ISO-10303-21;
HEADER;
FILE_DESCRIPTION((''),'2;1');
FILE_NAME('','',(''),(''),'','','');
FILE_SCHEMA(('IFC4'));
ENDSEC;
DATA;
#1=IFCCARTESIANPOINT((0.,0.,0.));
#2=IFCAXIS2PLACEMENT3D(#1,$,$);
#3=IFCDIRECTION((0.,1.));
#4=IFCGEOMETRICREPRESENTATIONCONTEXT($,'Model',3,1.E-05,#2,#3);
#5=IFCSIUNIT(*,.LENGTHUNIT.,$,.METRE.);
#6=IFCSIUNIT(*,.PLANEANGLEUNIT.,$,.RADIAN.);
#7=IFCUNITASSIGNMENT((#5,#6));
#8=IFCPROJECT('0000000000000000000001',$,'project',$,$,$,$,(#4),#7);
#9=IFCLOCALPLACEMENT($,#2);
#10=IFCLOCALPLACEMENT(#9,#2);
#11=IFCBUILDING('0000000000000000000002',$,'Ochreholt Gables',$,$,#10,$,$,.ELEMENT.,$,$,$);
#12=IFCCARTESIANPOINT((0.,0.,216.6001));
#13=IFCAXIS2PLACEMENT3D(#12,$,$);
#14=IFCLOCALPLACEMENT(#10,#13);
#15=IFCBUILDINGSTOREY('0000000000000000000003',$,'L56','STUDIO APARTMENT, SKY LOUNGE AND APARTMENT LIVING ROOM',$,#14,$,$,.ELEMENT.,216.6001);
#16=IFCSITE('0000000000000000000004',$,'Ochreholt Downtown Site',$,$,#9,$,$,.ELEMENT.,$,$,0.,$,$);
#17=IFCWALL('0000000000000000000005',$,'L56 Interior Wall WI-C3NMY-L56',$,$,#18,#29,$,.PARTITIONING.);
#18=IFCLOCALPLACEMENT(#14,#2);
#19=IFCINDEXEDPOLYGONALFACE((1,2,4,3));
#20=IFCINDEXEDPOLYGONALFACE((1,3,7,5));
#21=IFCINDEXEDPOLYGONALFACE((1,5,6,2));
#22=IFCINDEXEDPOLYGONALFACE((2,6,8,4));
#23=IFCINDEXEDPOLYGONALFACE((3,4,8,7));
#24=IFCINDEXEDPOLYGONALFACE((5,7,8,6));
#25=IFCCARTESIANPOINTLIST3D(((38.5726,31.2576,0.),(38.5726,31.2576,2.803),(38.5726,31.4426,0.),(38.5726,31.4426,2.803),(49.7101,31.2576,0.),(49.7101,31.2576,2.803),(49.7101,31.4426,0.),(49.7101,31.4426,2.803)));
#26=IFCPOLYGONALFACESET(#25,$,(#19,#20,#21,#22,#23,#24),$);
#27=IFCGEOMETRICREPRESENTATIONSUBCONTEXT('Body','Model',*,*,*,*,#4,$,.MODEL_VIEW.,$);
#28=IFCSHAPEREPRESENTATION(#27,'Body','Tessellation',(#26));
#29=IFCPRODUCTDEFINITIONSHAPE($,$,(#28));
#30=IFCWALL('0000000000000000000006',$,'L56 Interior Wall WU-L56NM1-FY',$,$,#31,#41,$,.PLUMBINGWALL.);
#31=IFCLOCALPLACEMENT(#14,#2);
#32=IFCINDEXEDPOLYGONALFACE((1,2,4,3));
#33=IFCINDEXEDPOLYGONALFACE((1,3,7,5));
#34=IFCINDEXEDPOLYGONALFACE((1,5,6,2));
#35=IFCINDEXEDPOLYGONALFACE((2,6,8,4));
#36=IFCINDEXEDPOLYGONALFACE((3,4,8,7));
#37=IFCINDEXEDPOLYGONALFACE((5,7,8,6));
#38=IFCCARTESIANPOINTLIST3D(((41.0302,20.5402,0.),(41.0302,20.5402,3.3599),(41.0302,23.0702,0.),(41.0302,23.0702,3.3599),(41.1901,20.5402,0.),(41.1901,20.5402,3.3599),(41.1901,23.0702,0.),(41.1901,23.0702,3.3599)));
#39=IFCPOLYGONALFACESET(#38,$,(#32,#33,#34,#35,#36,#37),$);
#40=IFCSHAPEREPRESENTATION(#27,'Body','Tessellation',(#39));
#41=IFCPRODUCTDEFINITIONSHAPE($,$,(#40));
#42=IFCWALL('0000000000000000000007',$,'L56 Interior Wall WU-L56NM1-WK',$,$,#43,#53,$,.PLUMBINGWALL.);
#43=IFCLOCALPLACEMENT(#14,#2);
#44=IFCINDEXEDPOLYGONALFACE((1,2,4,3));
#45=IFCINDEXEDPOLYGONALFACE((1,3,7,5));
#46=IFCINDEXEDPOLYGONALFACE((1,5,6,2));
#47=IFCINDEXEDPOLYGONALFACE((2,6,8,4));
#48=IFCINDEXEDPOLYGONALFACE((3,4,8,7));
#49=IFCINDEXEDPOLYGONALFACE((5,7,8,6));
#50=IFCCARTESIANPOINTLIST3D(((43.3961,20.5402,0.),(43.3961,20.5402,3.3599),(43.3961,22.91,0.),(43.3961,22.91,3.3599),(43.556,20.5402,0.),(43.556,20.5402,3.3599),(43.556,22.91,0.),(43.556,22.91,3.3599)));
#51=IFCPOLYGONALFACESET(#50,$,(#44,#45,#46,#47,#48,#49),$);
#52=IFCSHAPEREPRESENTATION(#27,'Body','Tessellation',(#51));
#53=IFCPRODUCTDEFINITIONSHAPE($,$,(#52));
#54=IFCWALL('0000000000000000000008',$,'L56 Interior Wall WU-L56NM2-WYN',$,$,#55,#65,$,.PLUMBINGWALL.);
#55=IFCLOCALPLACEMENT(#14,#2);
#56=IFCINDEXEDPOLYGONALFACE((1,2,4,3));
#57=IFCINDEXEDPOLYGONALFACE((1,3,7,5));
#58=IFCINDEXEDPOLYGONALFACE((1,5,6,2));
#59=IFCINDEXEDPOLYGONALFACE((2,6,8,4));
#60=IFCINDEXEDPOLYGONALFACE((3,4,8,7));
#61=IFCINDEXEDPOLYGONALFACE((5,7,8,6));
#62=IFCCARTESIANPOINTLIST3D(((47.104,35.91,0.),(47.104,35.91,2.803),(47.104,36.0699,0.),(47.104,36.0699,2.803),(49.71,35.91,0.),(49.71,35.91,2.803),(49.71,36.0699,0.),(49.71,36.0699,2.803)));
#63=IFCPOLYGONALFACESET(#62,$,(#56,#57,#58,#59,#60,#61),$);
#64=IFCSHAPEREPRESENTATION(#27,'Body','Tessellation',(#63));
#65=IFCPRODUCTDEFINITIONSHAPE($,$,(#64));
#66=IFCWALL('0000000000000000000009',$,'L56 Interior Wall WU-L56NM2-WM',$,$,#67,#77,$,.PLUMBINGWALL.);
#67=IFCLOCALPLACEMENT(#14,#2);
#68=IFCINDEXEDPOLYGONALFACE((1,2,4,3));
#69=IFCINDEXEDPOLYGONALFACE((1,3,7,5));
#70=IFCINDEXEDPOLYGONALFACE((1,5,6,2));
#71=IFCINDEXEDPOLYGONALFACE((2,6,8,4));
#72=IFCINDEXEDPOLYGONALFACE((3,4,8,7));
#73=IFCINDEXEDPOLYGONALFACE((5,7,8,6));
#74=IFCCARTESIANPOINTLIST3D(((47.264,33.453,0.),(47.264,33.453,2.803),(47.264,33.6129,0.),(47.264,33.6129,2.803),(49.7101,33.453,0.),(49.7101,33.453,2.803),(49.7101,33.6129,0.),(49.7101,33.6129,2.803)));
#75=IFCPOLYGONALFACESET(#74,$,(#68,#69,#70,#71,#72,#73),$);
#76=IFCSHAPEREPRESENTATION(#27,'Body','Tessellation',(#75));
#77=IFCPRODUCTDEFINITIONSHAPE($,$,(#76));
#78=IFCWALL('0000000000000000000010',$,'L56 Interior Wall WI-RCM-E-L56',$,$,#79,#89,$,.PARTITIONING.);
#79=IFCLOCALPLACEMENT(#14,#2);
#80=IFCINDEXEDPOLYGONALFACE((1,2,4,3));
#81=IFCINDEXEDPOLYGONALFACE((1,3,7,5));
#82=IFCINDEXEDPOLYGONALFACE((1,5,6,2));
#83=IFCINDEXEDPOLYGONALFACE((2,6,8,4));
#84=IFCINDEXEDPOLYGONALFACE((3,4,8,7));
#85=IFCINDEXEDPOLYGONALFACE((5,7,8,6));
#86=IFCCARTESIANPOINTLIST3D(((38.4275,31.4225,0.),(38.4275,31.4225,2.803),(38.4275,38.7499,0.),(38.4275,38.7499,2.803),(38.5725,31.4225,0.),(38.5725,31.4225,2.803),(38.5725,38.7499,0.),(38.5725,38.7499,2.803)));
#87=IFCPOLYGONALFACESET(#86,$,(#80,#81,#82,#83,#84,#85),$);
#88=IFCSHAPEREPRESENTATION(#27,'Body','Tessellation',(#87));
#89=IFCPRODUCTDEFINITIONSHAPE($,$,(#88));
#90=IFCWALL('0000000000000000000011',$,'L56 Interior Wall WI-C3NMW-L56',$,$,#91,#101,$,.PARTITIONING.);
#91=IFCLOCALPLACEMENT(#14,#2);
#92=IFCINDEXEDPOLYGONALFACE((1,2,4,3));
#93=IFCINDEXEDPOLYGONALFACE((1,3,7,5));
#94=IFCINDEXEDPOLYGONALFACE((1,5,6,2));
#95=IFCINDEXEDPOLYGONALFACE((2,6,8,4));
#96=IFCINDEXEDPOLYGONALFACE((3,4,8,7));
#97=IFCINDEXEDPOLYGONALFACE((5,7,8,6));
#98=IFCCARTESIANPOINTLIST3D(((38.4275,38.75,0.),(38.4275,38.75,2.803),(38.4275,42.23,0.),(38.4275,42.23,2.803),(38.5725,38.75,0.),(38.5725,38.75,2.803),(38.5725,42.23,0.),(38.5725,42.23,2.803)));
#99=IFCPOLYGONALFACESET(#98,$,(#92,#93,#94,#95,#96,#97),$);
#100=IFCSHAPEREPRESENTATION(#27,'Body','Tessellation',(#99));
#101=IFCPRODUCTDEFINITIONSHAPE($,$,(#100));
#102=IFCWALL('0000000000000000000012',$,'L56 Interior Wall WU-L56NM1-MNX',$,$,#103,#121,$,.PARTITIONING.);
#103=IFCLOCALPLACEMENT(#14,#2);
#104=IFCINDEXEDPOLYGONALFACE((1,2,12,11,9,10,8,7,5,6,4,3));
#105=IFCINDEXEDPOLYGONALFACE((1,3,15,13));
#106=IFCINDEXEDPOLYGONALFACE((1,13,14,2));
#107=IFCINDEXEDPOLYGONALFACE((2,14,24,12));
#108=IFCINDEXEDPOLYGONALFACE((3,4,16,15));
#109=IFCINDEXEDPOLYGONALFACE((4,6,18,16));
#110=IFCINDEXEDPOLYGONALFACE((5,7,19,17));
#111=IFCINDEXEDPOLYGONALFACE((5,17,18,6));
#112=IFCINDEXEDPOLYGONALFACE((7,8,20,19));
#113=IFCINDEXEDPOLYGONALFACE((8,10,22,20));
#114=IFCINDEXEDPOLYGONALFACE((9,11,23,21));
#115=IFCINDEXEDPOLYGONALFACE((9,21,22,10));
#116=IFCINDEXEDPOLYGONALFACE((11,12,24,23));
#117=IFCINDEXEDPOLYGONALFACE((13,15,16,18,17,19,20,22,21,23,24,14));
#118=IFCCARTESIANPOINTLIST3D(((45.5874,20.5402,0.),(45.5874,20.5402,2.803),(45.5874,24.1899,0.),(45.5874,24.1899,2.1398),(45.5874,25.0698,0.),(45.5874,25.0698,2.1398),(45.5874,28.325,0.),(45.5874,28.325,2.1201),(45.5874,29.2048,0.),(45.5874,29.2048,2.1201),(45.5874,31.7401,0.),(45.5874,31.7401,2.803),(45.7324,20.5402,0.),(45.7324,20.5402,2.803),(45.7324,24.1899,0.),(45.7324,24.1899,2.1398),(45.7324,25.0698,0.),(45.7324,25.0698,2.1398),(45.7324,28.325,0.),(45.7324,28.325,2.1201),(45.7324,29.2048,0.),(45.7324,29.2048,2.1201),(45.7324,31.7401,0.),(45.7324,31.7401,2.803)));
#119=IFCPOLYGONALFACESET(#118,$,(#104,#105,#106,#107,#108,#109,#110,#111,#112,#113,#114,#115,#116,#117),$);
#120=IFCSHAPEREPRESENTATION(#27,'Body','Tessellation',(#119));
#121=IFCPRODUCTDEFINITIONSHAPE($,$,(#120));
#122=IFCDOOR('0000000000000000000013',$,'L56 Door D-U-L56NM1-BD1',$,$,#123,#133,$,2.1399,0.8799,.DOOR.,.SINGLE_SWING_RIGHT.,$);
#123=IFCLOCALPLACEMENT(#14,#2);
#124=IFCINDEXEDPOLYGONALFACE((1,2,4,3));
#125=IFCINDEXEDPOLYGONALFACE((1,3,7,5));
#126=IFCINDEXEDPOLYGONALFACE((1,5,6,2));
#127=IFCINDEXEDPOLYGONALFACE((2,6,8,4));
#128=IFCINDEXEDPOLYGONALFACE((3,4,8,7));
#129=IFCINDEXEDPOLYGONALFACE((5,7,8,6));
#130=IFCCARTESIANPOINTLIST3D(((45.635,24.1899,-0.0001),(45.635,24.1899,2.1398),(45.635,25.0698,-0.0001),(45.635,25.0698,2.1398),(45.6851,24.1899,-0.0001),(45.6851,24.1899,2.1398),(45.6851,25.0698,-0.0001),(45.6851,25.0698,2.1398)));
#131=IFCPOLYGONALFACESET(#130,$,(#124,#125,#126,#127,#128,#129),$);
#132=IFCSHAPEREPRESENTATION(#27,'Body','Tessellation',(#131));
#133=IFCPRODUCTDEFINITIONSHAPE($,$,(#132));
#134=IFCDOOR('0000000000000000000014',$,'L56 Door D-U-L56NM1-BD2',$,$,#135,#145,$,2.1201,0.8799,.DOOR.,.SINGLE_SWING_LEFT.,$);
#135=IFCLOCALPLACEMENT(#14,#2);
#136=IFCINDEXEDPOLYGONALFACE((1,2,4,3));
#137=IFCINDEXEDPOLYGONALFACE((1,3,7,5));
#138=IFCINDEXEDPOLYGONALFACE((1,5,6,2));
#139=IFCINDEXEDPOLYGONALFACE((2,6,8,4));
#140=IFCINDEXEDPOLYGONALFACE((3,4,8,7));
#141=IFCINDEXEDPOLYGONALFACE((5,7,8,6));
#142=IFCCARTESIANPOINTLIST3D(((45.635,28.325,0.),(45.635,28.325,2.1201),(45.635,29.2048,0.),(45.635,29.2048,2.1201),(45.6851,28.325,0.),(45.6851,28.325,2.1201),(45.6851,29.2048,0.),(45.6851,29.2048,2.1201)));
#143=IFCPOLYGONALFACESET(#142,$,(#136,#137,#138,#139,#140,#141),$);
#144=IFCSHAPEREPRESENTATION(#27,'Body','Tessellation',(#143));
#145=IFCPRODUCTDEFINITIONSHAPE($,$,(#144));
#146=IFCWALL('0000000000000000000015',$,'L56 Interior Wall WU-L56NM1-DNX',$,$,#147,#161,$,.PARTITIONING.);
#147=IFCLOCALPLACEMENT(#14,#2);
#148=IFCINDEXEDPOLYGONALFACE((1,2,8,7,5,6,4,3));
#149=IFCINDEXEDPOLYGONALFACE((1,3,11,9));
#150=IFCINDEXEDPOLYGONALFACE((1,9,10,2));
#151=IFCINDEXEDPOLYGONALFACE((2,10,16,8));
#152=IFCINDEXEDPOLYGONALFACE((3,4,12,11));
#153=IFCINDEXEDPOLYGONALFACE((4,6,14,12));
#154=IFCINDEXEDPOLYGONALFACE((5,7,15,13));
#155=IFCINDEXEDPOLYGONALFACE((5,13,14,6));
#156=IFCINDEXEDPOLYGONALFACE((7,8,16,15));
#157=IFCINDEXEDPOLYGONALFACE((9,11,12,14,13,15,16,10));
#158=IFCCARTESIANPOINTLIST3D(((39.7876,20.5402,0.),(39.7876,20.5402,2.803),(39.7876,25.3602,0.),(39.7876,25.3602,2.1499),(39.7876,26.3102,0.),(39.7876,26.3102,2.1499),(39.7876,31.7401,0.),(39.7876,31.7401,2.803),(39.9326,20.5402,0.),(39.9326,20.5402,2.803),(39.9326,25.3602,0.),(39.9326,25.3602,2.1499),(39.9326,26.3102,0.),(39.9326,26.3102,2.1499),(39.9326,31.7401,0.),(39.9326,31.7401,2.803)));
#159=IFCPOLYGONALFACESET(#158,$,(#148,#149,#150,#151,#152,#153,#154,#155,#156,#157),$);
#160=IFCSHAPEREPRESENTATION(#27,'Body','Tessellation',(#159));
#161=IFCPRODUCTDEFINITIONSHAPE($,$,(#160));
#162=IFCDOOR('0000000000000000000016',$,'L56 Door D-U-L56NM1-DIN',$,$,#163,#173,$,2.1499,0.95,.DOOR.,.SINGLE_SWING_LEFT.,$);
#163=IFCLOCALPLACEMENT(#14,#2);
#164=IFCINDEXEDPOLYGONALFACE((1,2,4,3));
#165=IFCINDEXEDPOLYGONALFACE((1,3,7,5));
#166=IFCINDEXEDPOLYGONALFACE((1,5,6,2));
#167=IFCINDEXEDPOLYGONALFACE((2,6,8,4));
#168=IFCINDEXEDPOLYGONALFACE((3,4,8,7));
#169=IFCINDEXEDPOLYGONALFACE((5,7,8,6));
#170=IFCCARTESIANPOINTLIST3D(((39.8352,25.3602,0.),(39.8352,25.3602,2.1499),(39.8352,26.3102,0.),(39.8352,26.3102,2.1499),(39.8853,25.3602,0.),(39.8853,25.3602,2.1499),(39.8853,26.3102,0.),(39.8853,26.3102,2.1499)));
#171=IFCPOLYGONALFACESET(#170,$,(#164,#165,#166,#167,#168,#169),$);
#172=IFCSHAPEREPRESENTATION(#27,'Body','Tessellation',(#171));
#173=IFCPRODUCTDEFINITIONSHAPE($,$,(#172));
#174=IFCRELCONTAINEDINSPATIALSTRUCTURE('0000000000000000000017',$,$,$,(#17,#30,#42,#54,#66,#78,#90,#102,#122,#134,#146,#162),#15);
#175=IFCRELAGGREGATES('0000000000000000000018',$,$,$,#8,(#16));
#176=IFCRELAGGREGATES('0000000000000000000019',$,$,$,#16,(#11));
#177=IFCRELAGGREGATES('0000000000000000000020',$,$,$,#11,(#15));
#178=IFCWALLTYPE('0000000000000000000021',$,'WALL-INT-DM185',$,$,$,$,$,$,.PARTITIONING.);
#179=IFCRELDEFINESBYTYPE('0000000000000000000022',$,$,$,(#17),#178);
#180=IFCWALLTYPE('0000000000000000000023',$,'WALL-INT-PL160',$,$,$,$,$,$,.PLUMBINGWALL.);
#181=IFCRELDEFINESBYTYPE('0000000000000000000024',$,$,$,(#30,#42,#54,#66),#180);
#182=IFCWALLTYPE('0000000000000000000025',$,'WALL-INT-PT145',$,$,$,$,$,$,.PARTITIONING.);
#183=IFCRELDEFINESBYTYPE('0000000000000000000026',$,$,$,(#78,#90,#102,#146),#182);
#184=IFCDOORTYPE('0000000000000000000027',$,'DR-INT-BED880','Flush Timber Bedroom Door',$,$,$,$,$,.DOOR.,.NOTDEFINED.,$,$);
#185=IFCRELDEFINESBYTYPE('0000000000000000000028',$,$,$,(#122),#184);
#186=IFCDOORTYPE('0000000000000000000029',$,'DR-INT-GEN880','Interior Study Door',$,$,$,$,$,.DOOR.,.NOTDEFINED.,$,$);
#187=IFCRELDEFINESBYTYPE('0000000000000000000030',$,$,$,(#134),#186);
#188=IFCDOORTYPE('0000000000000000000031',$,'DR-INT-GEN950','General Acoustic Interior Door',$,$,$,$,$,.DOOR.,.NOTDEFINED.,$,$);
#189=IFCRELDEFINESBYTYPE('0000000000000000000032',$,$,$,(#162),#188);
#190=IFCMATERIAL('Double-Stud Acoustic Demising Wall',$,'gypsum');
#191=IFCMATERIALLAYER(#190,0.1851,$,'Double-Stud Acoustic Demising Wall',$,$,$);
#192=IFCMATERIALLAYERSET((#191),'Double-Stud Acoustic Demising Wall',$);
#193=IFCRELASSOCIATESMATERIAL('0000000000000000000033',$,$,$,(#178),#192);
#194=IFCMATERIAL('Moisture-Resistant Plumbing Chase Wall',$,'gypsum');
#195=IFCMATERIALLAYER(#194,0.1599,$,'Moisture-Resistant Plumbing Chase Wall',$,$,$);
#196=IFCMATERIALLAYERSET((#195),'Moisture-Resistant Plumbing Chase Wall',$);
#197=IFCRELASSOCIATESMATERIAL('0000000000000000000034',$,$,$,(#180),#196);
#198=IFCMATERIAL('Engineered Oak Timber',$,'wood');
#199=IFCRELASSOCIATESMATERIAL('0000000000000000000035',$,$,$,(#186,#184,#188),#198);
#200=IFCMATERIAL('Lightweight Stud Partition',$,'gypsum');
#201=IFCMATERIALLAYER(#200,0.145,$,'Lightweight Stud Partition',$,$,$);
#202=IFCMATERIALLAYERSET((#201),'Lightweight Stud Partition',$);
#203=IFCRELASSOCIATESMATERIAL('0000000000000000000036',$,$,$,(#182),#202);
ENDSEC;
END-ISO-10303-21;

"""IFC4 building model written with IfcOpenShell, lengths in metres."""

from ifc_helpers import new_model, si_unit, direction, frame, frame_2d, origin, place, context, subcontext, project, spatial, rectangle, extrude, material, layer, layer_set, type_object, element, fill, save


model = new_model("IFC4")

# Units and contexts
model_context = context("Model", 3, precision=1e-05, world=origin(), true_north=direction((0.0, 1.0)))
body_context = subcontext(model_context, "Body", "Model", "MODEL_VIEW")
ifc_project = project(units=[si_unit("LENGTHUNIT", "METRE"), si_unit("PLANEANGLEUNIT", "RADIAN")], contexts=[model_context])

# Site, building, storey
site_placement = place(None, origin())
site = spatial("IfcSite", under=ifc_project, at=site_placement, Name="Ochreholt Downtown Site", CompositionType="ELEMENT", RefElevation=0.0)
building_placement = place(site_placement, origin())
building = spatial("IfcBuilding", under=site, at=building_placement, Name="Ochreholt Gables", CompositionType="ELEMENT")
storey_placement = place(building_placement, frame((0.0, 0.0, 216.6001)))
storey = spatial("IfcBuildingStorey", under=building, at=storey_placement, Name="L56", Description="STUDIO APARTMENT, SKY LOUNGE AND APARTMENT LIVING ROOM", CompositionType="ELEMENT", Elevation=216.6001)

# Wall
ifc_material_1 = material(Name="Double-Stud Acoustic Demising Wall", Category="gypsum")
ifc_layer_1 = layer(ifc_material_1, 0.1851, Name="Double-Stud Acoustic Demising Wall")
ifc_layer_set_1 = layer_set([ifc_layer_1], Name="Double-Stud Acoustic Demising Wall")
wall_type_1 = type_object("IfcWallType", Name="WALL-INT-DM185", PredefinedType="PARTITIONING", material=ifc_layer_set_1)
wall_1_placement = place(storey_placement, frame((38.5725, 31.3501, 0.0), z_axis=(0.0, 0.0, 1.0), x_axis=(1.0, 0.0, 0.0)))
element("IfcWall", 1, at=wall_1_placement, inside=storey, type_object=wall_type_1, Name="L56 Interior Wall WI-C3NMY-L56", PredefinedType="PARTITIONING", context=body_context, shape_type="SweptSolid", body=[
    extrude(rectangle(XDim=11.1375, YDim=0.1851, at=frame_2d((5.5688, 0.0))), origin(), (0.0, 0.0, 1.0), 2.803),
])

# Shared definitions
ifc_material_2 = material(Name="Moisture-Resistant Plumbing Chase Wall", Category="gypsum")
ifc_layer_2 = layer(ifc_material_2, 0.1599, Name="Moisture-Resistant Plumbing Chase Wall")
ifc_layer_set_2 = layer_set([ifc_layer_2], Name="Moisture-Resistant Plumbing Chase Wall")
wall_type_2 = type_object("IfcWallType", Name="WALL-INT-PL160", PredefinedType="PLUMBINGWALL", material=ifc_layer_set_2)
ifc_material_3 = material(Name="Engineered Oak Timber", Category="wood")
door_type_1 = type_object("IfcDoorType", Name="DR-INT-GEN880", Description="Interior Study Door", OperationType="NOTDEFINED", PredefinedType="DOOR", material=ifc_material_3)

# Walls
wall_2_placement = place(storey_placement, frame((41.1101, 20.54, 0.0), z_axis=(0.0, 0.0, 1.0), x_axis=(0.0, 1.0, 0.0)))
element("IfcWall", 2, at=wall_2_placement, inside=storey, type_object=wall_type_2, Name="L56 Interior Wall WU-L56NM1-FY", PredefinedType="PLUMBINGWALL", context=body_context, shape_type="SweptSolid", body=[
    extrude(rectangle(XDim=2.53, YDim=0.1599, at=frame_2d((1.2651, 0.0))), origin(), (0.0, 0.0, 1.0), 3.3599),
])
wall_3_placement = place(storey_placement, frame((43.4761, 20.54, 0.0), z_axis=(0.0, 0.0, 1.0), x_axis=(0.0, 1.0, 0.0)))
element("IfcWall", 3, at=wall_3_placement, inside=storey, type_object=wall_type_2, Name="L56 Interior Wall WU-L56NM1-WK", PredefinedType="PLUMBINGWALL", context=body_context, shape_type="SweptSolid", body=[
    extrude(rectangle(XDim=2.3699, YDim=0.1599, at=frame_2d((1.1851, 0.0))), origin(), (0.0, 0.0, 1.0), 3.3599),
])
wall_4_placement = place(storey_placement, frame((47.104, 35.99, 0.0), z_axis=(0.0, 0.0, 1.0), x_axis=(1.0, 0.0, 0.0)))
element("IfcWall", 4, at=wall_4_placement, inside=storey, type_object=wall_type_2, Name="L56 Interior Wall WU-L56NM2-WYN", PredefinedType="PLUMBINGWALL", context=body_context, shape_type="SweptSolid", body=[
    extrude(rectangle(XDim=2.606, YDim=0.1599, at=frame_2d((1.303, 0.0))), origin(), (0.0, 0.0, 1.0), 2.803),
])

# Walls
wall_5_placement = place(storey_placement, frame((47.2639, 33.533, 0.0), z_axis=(0.0, 0.0, 1.0), x_axis=(1.0, 0.0, 0.0)))
element("IfcWall", 5, at=wall_5_placement, inside=storey, type_object=wall_type_2, Name="L56 Interior Wall WU-L56NM2-WM", PredefinedType="PLUMBINGWALL", context=body_context, shape_type="SweptSolid", body=[
    extrude(rectangle(XDim=2.446, YDim=0.1599, at=frame_2d((1.2231, 0.0))), origin(), (0.0, 0.0, 1.0), 2.803),
])
ifc_material_4 = material(Name="Lightweight Stud Partition", Category="gypsum")
ifc_layer_3 = layer(ifc_material_4, 0.145, Name="Lightweight Stud Partition")
ifc_layer_set_3 = layer_set([ifc_layer_3], Name="Lightweight Stud Partition")
wall_type_3 = type_object("IfcWallType", Name="WALL-INT-PT145", PredefinedType="PARTITIONING", material=ifc_layer_set_3)
wall_6_placement = place(storey_placement, frame((38.5, 31.4226, 0.0), z_axis=(0.0, 0.0, 1.0), x_axis=(0.0, 1.0, 0.0)))
element("IfcWall", 6, at=wall_6_placement, inside=storey, type_object=wall_type_3, Name="L56 Interior Wall WI-RCM-E-L56", PredefinedType="PARTITIONING", context=body_context, shape_type="SweptSolid", body=[
    extrude(rectangle(XDim=7.3274, YDim=0.145, at=frame_2d((3.6636, 0.0))), origin(), (0.0, 0.0, 1.0), 2.803),
])
wall_7_placement = place(storey_placement, frame((38.5, 38.75, 0.0), z_axis=(0.0, 0.0, 1.0), x_axis=(0.0, 1.0, 0.0)))
element("IfcWall", 7, at=wall_7_placement, inside=storey, type_object=wall_type_3, Name="L56 Interior Wall WI-C3NMW-L56", PredefinedType="PARTITIONING", context=body_context, shape_type="SweptSolid", body=[
    extrude(rectangle(XDim=3.48, YDim=0.145, at=frame_2d((1.74, 0.0))), origin(), (0.0, 0.0, 1.0), 2.803),
])

# Wall, openings, doors
wall_8_placement = place(storey_placement, frame((45.6599, 20.54, 0.0), z_axis=(0.0, 0.0, 1.0), x_axis=(0.0, 1.0, 0.0)))
wall_8 = element("IfcWall", 8, at=wall_8_placement, inside=storey, type_object=wall_type_3, Name="L56 Interior Wall WU-L56NM1-MNX", PredefinedType="PARTITIONING", context=body_context, shape_type="SweptSolid", body=[
    extrude(rectangle(XDim=11.2, YDim=0.145, at=frame_2d((5.6001, 0.0))), origin(), (0.0, 0.0, 1.0), 2.803),
])
opening_1_placement = place(wall_8_placement, frame((3.6499, 0.0, 0.0)))
opening_1 = element("IfcOpeningElement", 9, at=opening_1_placement, cuts=wall_8, PredefinedType="OPENING", context=body_context, shape_type="SweptSolid", body=[
    extrude(rectangle(XDim=0.8799, YDim=2.1399, at=frame_2d((0.4399, 1.0698))), frame((0.0, 0.0825, 0.0), z_axis=(0.0, -1.0, 0.0), x_axis=(1.0, 0.0, 0.0)), (0.0, 0.0, 1.0), 0.165),
])
opening_2_placement = place(wall_8_placement, frame((7.7849, 0.0, 0.0)))
opening_2 = element("IfcOpeningElement", 10, at=opening_2_placement, cuts=wall_8, PredefinedType="OPENING", context=body_context, shape_type="SweptSolid", body=[
    extrude(rectangle(XDim=0.8799, YDim=2.1201, at=frame_2d((0.4399, 1.0601))), frame((0.0, 0.0825, 0.0), z_axis=(0.0, -1.0, 0.0), x_axis=(1.0, 0.0, 0.0)), (0.0, 0.0, 1.0), 0.165),
])
door_type_2 = type_object("IfcDoorType", Name="DR-INT-BED880", Description="Flush Timber Bedroom Door", OperationType="NOTDEFINED", PredefinedType="DOOR", material=ifc_material_3)
door_1_placement = place(opening_1_placement, origin())
door_1 = element("IfcDoor", 11, at=door_1_placement, inside=storey, type_object=door_type_2, Name="L56 Door D-U-L56NM1-BD1", OperationType="SINGLE_SWING_RIGHT", OverallHeight=2.1399, OverallWidth=0.8799, PredefinedType="DOOR", context=body_context, shape_type="SweptSolid", body=[
    extrude(rectangle(XDim=0.8799, YDim=2.1399, at=frame_2d((0.4399, 1.0698))), frame((0.0, 0.0249, 0.0), z_axis=(0.0, -1.0, 0.0), x_axis=(1.0, 0.0, 0.0)), (0.0, 0.0, 1.0), 0.05),
])
fill(opening_1, door_1)
door_2_placement = place(opening_2_placement, origin())
door_2 = element("IfcDoor", 12, at=door_2_placement, inside=storey, type_object=door_type_1, Name="L56 Door D-U-L56NM1-BD2", OperationType="SINGLE_SWING_LEFT", OverallHeight=2.1201, OverallWidth=0.8799, PredefinedType="DOOR", context=body_context, shape_type="SweptSolid", body=[
    extrude(rectangle(XDim=0.8799, YDim=2.1201, at=frame_2d((0.4399, 1.0601))), frame((0.0, 0.0249, 0.0), z_axis=(0.0, -1.0, 0.0), x_axis=(1.0, 0.0, 0.0)), (0.0, 0.0, 1.0), 0.05),
])
fill(opening_2, door_2)

# Wall, opening, door
wall_9_placement = place(storey_placement, frame((39.8601, 20.54, 0.0), z_axis=(0.0, 0.0, 1.0), x_axis=(0.0, 1.0, 0.0)))
wall_9 = element("IfcWall", 13, at=wall_9_placement, inside=storey, type_object=wall_type_3, Name="L56 Interior Wall WU-L56NM1-DNX", PredefinedType="PARTITIONING", context=body_context, shape_type="SweptSolid", body=[
    extrude(rectangle(XDim=11.2, YDim=0.145, at=frame_2d((5.6001, 0.0))), origin(), (0.0, 0.0, 1.0), 2.803),
])
opening_3_placement = place(wall_9_placement, frame((4.8201, 0.0, 0.0)))
opening_3 = element("IfcOpeningElement", 14, at=opening_3_placement, cuts=wall_9, PredefinedType="OPENING", context=body_context, shape_type="SweptSolid", body=[
    extrude(rectangle(XDim=0.95, YDim=2.1499, at=frame_2d((0.4751, 1.075))), frame((0.0, 0.0825, 0.0), z_axis=(0.0, -1.0, 0.0), x_axis=(1.0, 0.0, 0.0)), (0.0, 0.0, 1.0), 0.165),
])
door_type_3 = type_object("IfcDoorType", Name="DR-INT-GEN950", Description="General Acoustic Interior Door", OperationType="NOTDEFINED", PredefinedType="DOOR", material=ifc_material_3)
door_3_placement = place(opening_3_placement, origin())
door_3 = element("IfcDoor", 15, at=door_3_placement, inside=storey, type_object=door_type_3, Name="L56 Door D-U-L56NM1-DIN", OperationType="SINGLE_SWING_LEFT", OverallHeight=2.1499, OverallWidth=0.95, PredefinedType="DOOR", context=body_context, shape_type="SweptSolid", body=[
    extrude(rectangle(XDim=0.95, YDim=2.1499, at=frame_2d((0.4751, 1.075))), frame((0.0, 0.0249, 0.0), z_axis=(0.0, -1.0, 0.0), x_axis=(1.0, 0.0, 0.0)), (0.0, 0.0, 1.0), 0.05),
])
fill(opening_3, door_3)

save(model, "model.ifc")
